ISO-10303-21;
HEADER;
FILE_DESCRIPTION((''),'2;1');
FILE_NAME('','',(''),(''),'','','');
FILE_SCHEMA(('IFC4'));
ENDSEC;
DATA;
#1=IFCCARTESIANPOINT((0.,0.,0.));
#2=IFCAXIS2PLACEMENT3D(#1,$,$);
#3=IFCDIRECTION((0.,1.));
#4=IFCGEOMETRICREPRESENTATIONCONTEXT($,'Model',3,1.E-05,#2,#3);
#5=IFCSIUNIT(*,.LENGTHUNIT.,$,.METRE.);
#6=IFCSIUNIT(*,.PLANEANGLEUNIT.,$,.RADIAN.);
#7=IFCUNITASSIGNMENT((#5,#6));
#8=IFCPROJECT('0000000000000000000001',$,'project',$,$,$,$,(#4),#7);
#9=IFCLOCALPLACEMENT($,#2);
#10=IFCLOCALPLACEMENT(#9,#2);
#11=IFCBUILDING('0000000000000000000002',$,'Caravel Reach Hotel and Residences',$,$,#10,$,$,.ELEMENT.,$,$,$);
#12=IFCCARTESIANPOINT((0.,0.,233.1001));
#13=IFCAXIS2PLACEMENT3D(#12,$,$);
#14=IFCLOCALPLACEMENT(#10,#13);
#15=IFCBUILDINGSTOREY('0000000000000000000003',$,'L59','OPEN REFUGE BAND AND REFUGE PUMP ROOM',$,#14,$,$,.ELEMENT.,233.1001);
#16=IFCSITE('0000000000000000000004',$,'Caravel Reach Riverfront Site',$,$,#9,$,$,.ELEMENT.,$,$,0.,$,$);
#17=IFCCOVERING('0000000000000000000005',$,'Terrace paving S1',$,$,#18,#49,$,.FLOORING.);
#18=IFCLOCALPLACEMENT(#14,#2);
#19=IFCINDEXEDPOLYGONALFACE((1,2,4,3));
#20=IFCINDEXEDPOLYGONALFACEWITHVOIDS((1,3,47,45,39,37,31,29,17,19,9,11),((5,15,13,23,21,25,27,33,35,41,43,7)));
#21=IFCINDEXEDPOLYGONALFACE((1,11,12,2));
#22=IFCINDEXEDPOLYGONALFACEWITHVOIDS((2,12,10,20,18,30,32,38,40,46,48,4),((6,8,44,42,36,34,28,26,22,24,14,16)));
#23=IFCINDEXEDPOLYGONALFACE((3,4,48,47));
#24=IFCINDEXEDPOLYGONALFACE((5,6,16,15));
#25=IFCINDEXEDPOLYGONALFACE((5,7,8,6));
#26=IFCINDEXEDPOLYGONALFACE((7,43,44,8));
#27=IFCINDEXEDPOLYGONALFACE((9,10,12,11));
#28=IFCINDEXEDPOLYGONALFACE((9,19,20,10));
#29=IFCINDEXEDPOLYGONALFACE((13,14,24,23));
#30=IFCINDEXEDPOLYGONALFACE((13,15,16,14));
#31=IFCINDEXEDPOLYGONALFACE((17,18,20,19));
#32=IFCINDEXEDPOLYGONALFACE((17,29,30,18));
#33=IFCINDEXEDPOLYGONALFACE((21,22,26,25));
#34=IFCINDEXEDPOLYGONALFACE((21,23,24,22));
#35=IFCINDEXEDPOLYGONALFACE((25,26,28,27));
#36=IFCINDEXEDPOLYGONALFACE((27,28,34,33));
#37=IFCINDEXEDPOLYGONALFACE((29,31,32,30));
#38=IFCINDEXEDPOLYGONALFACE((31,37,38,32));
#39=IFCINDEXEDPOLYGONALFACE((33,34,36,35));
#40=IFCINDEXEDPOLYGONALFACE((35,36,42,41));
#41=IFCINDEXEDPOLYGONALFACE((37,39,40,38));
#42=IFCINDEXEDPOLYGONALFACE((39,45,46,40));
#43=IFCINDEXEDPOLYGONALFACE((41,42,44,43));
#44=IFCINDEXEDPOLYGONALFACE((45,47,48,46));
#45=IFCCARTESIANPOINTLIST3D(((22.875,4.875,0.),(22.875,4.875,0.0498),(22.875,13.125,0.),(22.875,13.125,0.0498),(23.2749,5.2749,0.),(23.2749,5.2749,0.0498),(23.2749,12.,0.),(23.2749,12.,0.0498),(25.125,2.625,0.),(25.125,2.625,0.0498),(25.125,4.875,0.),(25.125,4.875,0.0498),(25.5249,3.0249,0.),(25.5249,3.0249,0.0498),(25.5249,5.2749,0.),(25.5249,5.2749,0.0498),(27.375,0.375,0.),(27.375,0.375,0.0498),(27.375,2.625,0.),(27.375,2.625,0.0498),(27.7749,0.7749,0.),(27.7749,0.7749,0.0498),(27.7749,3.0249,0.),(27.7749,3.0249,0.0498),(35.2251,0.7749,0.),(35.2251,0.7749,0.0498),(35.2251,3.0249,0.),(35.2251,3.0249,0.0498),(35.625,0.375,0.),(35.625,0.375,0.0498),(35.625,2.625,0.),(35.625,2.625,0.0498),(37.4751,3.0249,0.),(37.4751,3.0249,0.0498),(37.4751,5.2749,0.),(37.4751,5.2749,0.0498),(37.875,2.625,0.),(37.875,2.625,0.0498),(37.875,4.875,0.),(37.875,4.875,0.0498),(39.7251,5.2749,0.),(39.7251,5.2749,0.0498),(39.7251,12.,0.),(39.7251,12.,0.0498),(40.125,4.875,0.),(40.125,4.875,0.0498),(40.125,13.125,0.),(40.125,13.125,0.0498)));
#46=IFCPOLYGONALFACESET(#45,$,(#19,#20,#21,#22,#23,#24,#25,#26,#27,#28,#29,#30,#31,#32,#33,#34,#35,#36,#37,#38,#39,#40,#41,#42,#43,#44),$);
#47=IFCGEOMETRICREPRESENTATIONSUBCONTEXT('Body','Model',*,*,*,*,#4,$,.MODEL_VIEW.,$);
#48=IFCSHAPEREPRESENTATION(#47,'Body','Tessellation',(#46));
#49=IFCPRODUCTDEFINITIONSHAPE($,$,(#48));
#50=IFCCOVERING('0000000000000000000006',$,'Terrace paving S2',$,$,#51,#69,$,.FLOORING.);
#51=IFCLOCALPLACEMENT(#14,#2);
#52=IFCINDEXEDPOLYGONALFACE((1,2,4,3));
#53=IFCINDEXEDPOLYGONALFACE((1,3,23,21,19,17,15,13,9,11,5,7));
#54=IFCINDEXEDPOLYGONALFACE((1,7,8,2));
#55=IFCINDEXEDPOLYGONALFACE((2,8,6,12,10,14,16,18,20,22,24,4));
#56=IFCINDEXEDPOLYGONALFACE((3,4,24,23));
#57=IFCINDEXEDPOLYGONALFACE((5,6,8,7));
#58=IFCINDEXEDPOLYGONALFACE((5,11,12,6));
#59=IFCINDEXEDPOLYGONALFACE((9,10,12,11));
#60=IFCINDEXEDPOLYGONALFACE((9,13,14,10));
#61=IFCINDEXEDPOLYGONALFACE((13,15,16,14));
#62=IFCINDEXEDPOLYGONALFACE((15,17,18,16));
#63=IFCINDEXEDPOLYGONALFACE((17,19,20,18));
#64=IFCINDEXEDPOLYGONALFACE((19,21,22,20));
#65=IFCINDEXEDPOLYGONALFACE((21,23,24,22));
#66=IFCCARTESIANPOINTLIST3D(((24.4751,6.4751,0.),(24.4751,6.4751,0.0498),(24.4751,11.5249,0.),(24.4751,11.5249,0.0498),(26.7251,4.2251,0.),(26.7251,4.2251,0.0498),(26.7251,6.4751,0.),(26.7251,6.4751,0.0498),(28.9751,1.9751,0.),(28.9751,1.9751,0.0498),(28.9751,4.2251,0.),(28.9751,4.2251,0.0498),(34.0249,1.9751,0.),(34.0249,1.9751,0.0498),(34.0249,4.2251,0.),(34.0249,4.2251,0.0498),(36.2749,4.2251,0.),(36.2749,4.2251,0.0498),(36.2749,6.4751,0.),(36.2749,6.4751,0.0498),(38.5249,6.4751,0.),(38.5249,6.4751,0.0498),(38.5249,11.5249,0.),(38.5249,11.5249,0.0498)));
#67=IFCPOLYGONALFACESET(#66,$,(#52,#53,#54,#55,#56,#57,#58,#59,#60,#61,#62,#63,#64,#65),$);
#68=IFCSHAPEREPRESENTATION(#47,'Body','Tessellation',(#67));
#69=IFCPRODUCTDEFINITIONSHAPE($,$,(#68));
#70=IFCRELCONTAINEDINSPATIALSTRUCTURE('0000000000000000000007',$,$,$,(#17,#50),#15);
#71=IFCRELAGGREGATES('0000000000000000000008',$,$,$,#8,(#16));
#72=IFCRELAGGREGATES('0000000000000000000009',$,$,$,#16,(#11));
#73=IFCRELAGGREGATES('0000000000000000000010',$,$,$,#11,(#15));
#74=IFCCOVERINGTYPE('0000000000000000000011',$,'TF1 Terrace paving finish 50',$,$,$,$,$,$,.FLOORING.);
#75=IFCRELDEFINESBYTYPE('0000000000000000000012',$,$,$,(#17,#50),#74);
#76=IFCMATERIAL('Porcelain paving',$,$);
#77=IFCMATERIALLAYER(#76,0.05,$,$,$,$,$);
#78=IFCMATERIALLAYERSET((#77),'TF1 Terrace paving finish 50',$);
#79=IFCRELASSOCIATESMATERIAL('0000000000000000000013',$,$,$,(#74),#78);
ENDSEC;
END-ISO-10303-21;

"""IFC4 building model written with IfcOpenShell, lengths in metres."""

from ifc_helpers import new_model, si_unit, direction, frame, origin, place, context, subcontext, project, spatial, polyline, outline, extrude, material, layer, layer_set, type_object, element, save


model = new_model("IFC4")

# Units and contexts
model_context = context("Model", 3, precision=1e-05, world=origin(), true_north=direction((0.0, 1.0)))
body_context = subcontext(model_context, "Body", "Model", "MODEL_VIEW")
ifc_project = project(units=[si_unit("LENGTHUNIT", "METRE"), si_unit("PLANEANGLEUNIT", "RADIAN")], contexts=[model_context])

# Site, building, storey
site_placement = place(None, origin())
site = spatial("IfcSite", under=ifc_project, at=site_placement, Name="Caravel Reach Riverfront Site", CompositionType="ELEMENT", RefElevation=0.0)
building_placement = place(site_placement, origin())
building = spatial("IfcBuilding", under=site, at=building_placement, Name="Caravel Reach Hotel and Residences", CompositionType="ELEMENT")
storey_placement = place(building_placement, frame((0.0, 0.0, 233.1001)))
storey = spatial("IfcBuildingStorey", under=building, at=storey_placement, Name="L59", Description="OPEN REFUGE BAND AND REFUGE PUMP ROOM", CompositionType="ELEMENT", Elevation=233.1001)

# Coverings
ifc_material_1 = material(Name="Porcelain paving")
ifc_layer_1 = layer(ifc_material_1, 0.05)
ifc_layer_set_1 = layer_set([ifc_layer_1], Name="TF1 Terrace paving finish 50")
covering_type_1 = type_object("IfcCoveringType", Name="TF1 Terrace paving finish 50", PredefinedType="FLOORING", material=ifc_layer_set_1)
covering_1_placement = place(storey_placement, origin())
element("IfcCovering", 1, at=covering_1_placement, inside=storey, type_object=covering_type_1, Name="Terrace paving S1", PredefinedType="FLOORING", context=body_context, shape_type="SweptSolid", body=[
    extrude(outline(polyline([(37.875, 4.875), (40.125, 4.875), (40.125, 13.125), (22.875, 13.125), (22.875, 4.875), (25.125, 4.875), (25.125, 2.625), (27.375, 2.625), (27.375, 0.375), (35.625, 0.375), (35.625, 2.625), (37.875, 2.625), (37.875, 4.875)]), holes=[polyline([(37.4751, 5.2749), (37.4751, 3.0249), (35.2251, 3.0249), (35.2251, 0.7749), (27.7749, 0.7749), (27.7749, 3.0249), (25.5249, 3.0249), (25.5249, 5.2749), (23.2749, 5.2749), (23.2749, 12.0), (39.7251, 12.0), (39.7251, 5.2749), (37.4751, 5.2749)])]), origin(), (0.0, 0.0, 1.0), 0.0498),
])
covering_2_placement = place(storey_placement, origin())
element("IfcCovering", 2, at=covering_2_placement, inside=storey, type_object=covering_type_1, Name="Terrace paving S2", PredefinedType="FLOORING", context=body_context, shape_type="SweptSolid", body=[
    extrude(outline(polyline([(38.5249, 11.5249), (24.4751, 11.5249), (24.4751, 6.4751), (26.7251, 6.4751), (26.7251, 4.2251), (28.9751, 4.2251), (28.9751, 1.9751), (34.0249, 1.9751), (34.0249, 4.2251), (36.2749, 4.2251), (36.2749, 6.4751), (38.5249, 6.4751), (38.5249, 11.5249)])), origin(), (0.0, 0.0, 1.0), 0.0498),
])

save(model, "model.ifc")
